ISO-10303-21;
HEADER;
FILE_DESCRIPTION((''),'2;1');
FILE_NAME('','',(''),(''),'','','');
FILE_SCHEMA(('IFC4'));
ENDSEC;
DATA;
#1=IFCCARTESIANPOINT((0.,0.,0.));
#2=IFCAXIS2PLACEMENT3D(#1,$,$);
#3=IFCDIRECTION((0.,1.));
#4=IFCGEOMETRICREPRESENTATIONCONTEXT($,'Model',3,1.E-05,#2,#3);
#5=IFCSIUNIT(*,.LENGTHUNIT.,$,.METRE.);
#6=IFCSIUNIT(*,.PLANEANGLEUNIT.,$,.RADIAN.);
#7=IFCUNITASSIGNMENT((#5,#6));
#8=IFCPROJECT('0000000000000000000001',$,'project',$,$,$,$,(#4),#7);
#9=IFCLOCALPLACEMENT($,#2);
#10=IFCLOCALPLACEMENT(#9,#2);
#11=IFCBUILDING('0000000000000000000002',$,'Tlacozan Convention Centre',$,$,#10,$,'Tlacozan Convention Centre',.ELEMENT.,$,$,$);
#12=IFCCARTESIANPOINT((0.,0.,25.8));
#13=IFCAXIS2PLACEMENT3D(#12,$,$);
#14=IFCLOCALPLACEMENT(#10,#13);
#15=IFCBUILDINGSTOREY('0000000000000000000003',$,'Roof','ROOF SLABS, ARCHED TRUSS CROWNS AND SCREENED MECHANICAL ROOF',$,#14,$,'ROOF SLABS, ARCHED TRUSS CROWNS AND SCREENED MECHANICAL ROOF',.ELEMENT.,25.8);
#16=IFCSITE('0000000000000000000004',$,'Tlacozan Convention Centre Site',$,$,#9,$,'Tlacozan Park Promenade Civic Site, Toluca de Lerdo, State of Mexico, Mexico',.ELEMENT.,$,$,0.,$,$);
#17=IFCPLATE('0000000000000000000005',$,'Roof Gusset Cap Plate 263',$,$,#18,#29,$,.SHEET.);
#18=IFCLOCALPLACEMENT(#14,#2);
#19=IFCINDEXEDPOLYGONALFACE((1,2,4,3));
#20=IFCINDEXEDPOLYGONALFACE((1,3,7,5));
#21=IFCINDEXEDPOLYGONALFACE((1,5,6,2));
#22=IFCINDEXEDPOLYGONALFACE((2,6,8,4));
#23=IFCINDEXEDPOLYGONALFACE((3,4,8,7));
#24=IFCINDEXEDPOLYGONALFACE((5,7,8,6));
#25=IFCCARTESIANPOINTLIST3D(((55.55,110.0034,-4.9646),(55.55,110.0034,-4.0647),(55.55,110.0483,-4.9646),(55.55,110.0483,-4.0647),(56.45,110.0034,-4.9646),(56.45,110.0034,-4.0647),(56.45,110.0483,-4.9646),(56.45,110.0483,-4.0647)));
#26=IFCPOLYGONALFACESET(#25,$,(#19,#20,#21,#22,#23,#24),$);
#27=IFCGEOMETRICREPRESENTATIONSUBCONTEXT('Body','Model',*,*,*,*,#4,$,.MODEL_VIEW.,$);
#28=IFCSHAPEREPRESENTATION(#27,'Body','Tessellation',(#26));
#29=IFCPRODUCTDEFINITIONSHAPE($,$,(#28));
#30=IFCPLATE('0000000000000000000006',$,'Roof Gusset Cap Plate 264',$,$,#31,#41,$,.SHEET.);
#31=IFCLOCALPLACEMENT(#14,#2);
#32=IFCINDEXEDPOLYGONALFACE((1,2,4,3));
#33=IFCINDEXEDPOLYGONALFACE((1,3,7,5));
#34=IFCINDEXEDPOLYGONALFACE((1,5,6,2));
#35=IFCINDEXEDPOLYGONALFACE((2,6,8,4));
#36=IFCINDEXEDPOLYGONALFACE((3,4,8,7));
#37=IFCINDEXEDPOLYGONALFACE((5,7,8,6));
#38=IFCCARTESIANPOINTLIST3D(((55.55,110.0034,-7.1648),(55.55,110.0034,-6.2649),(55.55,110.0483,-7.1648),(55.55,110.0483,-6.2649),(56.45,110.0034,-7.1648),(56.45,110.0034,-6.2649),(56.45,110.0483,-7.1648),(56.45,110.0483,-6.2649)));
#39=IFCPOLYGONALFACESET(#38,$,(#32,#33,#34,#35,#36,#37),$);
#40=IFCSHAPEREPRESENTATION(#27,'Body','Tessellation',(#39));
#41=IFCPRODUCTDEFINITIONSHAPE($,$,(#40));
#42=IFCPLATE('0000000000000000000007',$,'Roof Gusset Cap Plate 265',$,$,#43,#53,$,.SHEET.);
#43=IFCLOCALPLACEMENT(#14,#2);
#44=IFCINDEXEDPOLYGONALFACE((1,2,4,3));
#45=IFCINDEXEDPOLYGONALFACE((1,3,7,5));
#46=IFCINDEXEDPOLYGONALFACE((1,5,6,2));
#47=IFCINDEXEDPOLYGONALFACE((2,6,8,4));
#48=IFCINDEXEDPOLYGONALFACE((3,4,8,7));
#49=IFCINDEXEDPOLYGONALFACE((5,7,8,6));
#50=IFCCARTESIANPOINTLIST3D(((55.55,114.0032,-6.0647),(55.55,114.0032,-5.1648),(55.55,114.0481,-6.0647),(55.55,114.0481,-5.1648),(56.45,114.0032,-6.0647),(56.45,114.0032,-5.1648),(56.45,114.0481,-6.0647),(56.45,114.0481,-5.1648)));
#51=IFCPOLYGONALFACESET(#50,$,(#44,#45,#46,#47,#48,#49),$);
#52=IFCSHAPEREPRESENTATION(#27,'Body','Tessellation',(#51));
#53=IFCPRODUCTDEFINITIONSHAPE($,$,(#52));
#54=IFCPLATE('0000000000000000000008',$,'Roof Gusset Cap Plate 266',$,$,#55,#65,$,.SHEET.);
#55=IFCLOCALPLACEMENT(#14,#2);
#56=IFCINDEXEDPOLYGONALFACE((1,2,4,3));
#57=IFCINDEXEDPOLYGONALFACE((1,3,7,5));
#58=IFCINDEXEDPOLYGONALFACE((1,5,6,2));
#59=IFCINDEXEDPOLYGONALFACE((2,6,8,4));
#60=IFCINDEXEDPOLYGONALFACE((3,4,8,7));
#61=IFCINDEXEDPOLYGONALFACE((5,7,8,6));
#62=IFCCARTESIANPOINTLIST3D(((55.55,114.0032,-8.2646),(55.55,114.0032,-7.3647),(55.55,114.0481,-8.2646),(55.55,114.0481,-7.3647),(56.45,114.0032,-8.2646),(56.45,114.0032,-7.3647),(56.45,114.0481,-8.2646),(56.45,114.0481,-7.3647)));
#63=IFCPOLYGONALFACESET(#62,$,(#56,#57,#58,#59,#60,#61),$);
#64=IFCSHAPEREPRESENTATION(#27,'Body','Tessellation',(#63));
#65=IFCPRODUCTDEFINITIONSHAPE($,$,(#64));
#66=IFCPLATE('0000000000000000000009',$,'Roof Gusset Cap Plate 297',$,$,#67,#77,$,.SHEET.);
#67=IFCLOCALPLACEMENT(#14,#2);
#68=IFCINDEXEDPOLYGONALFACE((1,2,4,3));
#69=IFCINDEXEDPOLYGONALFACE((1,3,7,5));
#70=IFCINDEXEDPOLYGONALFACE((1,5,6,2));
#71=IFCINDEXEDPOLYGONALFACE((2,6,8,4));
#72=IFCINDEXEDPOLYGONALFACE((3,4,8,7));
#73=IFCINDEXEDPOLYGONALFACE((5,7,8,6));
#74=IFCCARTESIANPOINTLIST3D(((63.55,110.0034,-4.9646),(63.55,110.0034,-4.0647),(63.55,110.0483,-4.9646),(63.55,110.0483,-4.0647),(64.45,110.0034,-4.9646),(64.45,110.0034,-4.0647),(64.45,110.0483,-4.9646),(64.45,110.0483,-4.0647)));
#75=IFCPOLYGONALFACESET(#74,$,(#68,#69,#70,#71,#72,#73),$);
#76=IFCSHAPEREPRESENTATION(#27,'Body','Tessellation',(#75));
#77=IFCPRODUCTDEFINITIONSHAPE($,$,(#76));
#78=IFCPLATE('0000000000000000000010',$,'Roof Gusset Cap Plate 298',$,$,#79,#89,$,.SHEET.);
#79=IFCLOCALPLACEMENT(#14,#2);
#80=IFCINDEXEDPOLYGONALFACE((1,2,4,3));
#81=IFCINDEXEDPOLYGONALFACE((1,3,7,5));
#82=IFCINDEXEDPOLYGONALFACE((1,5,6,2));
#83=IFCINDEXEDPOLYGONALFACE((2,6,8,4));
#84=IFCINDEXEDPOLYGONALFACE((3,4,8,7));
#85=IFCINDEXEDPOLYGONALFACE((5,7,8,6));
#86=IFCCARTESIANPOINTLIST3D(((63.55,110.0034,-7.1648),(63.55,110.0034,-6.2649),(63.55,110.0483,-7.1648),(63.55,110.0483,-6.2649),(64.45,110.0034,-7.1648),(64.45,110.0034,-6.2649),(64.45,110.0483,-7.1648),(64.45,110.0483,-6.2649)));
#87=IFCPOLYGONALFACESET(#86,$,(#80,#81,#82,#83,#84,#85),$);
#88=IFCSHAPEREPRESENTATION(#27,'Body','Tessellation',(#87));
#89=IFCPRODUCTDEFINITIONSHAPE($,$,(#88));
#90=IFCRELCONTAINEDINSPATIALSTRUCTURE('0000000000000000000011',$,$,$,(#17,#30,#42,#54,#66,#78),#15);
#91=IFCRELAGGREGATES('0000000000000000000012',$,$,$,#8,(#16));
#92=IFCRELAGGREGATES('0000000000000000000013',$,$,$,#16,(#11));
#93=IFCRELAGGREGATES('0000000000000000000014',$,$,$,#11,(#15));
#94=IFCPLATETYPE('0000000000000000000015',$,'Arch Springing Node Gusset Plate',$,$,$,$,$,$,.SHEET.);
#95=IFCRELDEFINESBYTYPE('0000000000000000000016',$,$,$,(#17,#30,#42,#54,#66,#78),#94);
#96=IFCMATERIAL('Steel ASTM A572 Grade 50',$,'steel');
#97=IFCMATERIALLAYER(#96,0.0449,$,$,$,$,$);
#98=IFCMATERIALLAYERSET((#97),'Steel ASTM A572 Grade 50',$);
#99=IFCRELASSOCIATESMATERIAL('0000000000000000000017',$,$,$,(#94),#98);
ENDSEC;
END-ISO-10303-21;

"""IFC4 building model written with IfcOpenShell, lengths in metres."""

from ifc_helpers import new_model, si_unit, direction, frame, origin, origin_2d, place, context, subcontext, project, spatial, rectangle, extrude, material, layer, layer_set, type_object, element, save


model = new_model("IFC4")

# Units and contexts
model_context = context("Model", 3, precision=1e-05, world=origin(), true_north=direction((0.0, 1.0)))
body_context = subcontext(model_context, "Body", "Model", "MODEL_VIEW")
ifc_project = project(units=[si_unit("LENGTHUNIT", "METRE"), si_unit("PLANEANGLEUNIT", "RADIAN")], contexts=[model_context])

# Site, building, storey
site_placement = place(None, origin())
site = spatial("IfcSite", under=ifc_project, at=site_placement, Name="Tlacozan Convention Centre Site", LongName="Tlacozan Park Promenade Civic Site, Toluca de Lerdo, State of Mexico, Mexico", CompositionType="ELEMENT", RefElevation=0.0)
building_placement = place(site_placement, origin())
building = spatial("IfcBuilding", under=site, at=building_placement, Name="Tlacozan Convention Centre", LongName="Tlacozan Convention Centre", CompositionType="ELEMENT")
storey_placement = place(building_placement, frame((0.0, 0.0, 25.8)))
storey = spatial("IfcBuildingStorey", under=building, at=storey_placement, Name="Roof", Description="ROOF SLABS, ARCHED TRUSS CROWNS AND SCREENED MECHANICAL ROOF", LongName="ROOF SLABS, ARCHED TRUSS CROWNS AND SCREENED MECHANICAL ROOF", CompositionType="ELEMENT", Elevation=25.8)

# Plates
ifc_material_1 = material(Name="Steel ASTM A572 Grade 50", Category="steel")
ifc_layer = layer(ifc_material_1, 0.0449)
ifc_layer_set = layer_set([ifc_layer], Name="Steel ASTM A572 Grade 50")
plate_type = type_object("IfcPlateType", Name="Arch Springing Node Gusset Plate", PredefinedType="SHEET", material=ifc_layer_set)
for number, where, z_axis, x_axis, name in (
    (1, (56.0, 110.0259, -4.9646), (0.0, 0.0, 1.0), (0.0, 1.0, 0.0), "Roof Gusset Cap Plate 263"),
    (2, (56.0, 110.0259, -7.1648), (0.0, 0.0, 1.0), (0.0, 1.0, 0.0), "Roof Gusset Cap Plate 264"),
    (3, (56.0, 114.0256, -6.0647), (0.0, 0.0, 1.0), (0.0, 1.0, 0.0), "Roof Gusset Cap Plate 265"),
    (4, (56.0, 114.0256, -8.2646), (0.0, 0.0, 1.0), (0.0, 1.0, 0.0), "Roof Gusset Cap Plate 266"),
    (5, (64.0, 110.0259, -4.9646), (0.0, 0.0, 1.0), (0.0, 1.0, 0.0), "Roof Gusset Cap Plate 297"),
    (6, (64.0, 110.0259, -7.1648), (0.0, 0.0, 1.0), (0.0, 1.0, 0.0), "Roof Gusset Cap Plate 298"),
):
    element("IfcPlate", number, at=place(storey_placement, frame(where, z_axis=z_axis, x_axis=x_axis)), inside=storey, type_object=plate_type, Name=name, PredefinedType="SHEET", context=body_context, shape_type="SweptSolid", body=[
        extrude(rectangle(XDim=0.0449, YDim=0.8999, at=origin_2d()), origin(), (0.0, 0.0, 1.0), 0.8999),
    ])

save(model, "model.ifc")
